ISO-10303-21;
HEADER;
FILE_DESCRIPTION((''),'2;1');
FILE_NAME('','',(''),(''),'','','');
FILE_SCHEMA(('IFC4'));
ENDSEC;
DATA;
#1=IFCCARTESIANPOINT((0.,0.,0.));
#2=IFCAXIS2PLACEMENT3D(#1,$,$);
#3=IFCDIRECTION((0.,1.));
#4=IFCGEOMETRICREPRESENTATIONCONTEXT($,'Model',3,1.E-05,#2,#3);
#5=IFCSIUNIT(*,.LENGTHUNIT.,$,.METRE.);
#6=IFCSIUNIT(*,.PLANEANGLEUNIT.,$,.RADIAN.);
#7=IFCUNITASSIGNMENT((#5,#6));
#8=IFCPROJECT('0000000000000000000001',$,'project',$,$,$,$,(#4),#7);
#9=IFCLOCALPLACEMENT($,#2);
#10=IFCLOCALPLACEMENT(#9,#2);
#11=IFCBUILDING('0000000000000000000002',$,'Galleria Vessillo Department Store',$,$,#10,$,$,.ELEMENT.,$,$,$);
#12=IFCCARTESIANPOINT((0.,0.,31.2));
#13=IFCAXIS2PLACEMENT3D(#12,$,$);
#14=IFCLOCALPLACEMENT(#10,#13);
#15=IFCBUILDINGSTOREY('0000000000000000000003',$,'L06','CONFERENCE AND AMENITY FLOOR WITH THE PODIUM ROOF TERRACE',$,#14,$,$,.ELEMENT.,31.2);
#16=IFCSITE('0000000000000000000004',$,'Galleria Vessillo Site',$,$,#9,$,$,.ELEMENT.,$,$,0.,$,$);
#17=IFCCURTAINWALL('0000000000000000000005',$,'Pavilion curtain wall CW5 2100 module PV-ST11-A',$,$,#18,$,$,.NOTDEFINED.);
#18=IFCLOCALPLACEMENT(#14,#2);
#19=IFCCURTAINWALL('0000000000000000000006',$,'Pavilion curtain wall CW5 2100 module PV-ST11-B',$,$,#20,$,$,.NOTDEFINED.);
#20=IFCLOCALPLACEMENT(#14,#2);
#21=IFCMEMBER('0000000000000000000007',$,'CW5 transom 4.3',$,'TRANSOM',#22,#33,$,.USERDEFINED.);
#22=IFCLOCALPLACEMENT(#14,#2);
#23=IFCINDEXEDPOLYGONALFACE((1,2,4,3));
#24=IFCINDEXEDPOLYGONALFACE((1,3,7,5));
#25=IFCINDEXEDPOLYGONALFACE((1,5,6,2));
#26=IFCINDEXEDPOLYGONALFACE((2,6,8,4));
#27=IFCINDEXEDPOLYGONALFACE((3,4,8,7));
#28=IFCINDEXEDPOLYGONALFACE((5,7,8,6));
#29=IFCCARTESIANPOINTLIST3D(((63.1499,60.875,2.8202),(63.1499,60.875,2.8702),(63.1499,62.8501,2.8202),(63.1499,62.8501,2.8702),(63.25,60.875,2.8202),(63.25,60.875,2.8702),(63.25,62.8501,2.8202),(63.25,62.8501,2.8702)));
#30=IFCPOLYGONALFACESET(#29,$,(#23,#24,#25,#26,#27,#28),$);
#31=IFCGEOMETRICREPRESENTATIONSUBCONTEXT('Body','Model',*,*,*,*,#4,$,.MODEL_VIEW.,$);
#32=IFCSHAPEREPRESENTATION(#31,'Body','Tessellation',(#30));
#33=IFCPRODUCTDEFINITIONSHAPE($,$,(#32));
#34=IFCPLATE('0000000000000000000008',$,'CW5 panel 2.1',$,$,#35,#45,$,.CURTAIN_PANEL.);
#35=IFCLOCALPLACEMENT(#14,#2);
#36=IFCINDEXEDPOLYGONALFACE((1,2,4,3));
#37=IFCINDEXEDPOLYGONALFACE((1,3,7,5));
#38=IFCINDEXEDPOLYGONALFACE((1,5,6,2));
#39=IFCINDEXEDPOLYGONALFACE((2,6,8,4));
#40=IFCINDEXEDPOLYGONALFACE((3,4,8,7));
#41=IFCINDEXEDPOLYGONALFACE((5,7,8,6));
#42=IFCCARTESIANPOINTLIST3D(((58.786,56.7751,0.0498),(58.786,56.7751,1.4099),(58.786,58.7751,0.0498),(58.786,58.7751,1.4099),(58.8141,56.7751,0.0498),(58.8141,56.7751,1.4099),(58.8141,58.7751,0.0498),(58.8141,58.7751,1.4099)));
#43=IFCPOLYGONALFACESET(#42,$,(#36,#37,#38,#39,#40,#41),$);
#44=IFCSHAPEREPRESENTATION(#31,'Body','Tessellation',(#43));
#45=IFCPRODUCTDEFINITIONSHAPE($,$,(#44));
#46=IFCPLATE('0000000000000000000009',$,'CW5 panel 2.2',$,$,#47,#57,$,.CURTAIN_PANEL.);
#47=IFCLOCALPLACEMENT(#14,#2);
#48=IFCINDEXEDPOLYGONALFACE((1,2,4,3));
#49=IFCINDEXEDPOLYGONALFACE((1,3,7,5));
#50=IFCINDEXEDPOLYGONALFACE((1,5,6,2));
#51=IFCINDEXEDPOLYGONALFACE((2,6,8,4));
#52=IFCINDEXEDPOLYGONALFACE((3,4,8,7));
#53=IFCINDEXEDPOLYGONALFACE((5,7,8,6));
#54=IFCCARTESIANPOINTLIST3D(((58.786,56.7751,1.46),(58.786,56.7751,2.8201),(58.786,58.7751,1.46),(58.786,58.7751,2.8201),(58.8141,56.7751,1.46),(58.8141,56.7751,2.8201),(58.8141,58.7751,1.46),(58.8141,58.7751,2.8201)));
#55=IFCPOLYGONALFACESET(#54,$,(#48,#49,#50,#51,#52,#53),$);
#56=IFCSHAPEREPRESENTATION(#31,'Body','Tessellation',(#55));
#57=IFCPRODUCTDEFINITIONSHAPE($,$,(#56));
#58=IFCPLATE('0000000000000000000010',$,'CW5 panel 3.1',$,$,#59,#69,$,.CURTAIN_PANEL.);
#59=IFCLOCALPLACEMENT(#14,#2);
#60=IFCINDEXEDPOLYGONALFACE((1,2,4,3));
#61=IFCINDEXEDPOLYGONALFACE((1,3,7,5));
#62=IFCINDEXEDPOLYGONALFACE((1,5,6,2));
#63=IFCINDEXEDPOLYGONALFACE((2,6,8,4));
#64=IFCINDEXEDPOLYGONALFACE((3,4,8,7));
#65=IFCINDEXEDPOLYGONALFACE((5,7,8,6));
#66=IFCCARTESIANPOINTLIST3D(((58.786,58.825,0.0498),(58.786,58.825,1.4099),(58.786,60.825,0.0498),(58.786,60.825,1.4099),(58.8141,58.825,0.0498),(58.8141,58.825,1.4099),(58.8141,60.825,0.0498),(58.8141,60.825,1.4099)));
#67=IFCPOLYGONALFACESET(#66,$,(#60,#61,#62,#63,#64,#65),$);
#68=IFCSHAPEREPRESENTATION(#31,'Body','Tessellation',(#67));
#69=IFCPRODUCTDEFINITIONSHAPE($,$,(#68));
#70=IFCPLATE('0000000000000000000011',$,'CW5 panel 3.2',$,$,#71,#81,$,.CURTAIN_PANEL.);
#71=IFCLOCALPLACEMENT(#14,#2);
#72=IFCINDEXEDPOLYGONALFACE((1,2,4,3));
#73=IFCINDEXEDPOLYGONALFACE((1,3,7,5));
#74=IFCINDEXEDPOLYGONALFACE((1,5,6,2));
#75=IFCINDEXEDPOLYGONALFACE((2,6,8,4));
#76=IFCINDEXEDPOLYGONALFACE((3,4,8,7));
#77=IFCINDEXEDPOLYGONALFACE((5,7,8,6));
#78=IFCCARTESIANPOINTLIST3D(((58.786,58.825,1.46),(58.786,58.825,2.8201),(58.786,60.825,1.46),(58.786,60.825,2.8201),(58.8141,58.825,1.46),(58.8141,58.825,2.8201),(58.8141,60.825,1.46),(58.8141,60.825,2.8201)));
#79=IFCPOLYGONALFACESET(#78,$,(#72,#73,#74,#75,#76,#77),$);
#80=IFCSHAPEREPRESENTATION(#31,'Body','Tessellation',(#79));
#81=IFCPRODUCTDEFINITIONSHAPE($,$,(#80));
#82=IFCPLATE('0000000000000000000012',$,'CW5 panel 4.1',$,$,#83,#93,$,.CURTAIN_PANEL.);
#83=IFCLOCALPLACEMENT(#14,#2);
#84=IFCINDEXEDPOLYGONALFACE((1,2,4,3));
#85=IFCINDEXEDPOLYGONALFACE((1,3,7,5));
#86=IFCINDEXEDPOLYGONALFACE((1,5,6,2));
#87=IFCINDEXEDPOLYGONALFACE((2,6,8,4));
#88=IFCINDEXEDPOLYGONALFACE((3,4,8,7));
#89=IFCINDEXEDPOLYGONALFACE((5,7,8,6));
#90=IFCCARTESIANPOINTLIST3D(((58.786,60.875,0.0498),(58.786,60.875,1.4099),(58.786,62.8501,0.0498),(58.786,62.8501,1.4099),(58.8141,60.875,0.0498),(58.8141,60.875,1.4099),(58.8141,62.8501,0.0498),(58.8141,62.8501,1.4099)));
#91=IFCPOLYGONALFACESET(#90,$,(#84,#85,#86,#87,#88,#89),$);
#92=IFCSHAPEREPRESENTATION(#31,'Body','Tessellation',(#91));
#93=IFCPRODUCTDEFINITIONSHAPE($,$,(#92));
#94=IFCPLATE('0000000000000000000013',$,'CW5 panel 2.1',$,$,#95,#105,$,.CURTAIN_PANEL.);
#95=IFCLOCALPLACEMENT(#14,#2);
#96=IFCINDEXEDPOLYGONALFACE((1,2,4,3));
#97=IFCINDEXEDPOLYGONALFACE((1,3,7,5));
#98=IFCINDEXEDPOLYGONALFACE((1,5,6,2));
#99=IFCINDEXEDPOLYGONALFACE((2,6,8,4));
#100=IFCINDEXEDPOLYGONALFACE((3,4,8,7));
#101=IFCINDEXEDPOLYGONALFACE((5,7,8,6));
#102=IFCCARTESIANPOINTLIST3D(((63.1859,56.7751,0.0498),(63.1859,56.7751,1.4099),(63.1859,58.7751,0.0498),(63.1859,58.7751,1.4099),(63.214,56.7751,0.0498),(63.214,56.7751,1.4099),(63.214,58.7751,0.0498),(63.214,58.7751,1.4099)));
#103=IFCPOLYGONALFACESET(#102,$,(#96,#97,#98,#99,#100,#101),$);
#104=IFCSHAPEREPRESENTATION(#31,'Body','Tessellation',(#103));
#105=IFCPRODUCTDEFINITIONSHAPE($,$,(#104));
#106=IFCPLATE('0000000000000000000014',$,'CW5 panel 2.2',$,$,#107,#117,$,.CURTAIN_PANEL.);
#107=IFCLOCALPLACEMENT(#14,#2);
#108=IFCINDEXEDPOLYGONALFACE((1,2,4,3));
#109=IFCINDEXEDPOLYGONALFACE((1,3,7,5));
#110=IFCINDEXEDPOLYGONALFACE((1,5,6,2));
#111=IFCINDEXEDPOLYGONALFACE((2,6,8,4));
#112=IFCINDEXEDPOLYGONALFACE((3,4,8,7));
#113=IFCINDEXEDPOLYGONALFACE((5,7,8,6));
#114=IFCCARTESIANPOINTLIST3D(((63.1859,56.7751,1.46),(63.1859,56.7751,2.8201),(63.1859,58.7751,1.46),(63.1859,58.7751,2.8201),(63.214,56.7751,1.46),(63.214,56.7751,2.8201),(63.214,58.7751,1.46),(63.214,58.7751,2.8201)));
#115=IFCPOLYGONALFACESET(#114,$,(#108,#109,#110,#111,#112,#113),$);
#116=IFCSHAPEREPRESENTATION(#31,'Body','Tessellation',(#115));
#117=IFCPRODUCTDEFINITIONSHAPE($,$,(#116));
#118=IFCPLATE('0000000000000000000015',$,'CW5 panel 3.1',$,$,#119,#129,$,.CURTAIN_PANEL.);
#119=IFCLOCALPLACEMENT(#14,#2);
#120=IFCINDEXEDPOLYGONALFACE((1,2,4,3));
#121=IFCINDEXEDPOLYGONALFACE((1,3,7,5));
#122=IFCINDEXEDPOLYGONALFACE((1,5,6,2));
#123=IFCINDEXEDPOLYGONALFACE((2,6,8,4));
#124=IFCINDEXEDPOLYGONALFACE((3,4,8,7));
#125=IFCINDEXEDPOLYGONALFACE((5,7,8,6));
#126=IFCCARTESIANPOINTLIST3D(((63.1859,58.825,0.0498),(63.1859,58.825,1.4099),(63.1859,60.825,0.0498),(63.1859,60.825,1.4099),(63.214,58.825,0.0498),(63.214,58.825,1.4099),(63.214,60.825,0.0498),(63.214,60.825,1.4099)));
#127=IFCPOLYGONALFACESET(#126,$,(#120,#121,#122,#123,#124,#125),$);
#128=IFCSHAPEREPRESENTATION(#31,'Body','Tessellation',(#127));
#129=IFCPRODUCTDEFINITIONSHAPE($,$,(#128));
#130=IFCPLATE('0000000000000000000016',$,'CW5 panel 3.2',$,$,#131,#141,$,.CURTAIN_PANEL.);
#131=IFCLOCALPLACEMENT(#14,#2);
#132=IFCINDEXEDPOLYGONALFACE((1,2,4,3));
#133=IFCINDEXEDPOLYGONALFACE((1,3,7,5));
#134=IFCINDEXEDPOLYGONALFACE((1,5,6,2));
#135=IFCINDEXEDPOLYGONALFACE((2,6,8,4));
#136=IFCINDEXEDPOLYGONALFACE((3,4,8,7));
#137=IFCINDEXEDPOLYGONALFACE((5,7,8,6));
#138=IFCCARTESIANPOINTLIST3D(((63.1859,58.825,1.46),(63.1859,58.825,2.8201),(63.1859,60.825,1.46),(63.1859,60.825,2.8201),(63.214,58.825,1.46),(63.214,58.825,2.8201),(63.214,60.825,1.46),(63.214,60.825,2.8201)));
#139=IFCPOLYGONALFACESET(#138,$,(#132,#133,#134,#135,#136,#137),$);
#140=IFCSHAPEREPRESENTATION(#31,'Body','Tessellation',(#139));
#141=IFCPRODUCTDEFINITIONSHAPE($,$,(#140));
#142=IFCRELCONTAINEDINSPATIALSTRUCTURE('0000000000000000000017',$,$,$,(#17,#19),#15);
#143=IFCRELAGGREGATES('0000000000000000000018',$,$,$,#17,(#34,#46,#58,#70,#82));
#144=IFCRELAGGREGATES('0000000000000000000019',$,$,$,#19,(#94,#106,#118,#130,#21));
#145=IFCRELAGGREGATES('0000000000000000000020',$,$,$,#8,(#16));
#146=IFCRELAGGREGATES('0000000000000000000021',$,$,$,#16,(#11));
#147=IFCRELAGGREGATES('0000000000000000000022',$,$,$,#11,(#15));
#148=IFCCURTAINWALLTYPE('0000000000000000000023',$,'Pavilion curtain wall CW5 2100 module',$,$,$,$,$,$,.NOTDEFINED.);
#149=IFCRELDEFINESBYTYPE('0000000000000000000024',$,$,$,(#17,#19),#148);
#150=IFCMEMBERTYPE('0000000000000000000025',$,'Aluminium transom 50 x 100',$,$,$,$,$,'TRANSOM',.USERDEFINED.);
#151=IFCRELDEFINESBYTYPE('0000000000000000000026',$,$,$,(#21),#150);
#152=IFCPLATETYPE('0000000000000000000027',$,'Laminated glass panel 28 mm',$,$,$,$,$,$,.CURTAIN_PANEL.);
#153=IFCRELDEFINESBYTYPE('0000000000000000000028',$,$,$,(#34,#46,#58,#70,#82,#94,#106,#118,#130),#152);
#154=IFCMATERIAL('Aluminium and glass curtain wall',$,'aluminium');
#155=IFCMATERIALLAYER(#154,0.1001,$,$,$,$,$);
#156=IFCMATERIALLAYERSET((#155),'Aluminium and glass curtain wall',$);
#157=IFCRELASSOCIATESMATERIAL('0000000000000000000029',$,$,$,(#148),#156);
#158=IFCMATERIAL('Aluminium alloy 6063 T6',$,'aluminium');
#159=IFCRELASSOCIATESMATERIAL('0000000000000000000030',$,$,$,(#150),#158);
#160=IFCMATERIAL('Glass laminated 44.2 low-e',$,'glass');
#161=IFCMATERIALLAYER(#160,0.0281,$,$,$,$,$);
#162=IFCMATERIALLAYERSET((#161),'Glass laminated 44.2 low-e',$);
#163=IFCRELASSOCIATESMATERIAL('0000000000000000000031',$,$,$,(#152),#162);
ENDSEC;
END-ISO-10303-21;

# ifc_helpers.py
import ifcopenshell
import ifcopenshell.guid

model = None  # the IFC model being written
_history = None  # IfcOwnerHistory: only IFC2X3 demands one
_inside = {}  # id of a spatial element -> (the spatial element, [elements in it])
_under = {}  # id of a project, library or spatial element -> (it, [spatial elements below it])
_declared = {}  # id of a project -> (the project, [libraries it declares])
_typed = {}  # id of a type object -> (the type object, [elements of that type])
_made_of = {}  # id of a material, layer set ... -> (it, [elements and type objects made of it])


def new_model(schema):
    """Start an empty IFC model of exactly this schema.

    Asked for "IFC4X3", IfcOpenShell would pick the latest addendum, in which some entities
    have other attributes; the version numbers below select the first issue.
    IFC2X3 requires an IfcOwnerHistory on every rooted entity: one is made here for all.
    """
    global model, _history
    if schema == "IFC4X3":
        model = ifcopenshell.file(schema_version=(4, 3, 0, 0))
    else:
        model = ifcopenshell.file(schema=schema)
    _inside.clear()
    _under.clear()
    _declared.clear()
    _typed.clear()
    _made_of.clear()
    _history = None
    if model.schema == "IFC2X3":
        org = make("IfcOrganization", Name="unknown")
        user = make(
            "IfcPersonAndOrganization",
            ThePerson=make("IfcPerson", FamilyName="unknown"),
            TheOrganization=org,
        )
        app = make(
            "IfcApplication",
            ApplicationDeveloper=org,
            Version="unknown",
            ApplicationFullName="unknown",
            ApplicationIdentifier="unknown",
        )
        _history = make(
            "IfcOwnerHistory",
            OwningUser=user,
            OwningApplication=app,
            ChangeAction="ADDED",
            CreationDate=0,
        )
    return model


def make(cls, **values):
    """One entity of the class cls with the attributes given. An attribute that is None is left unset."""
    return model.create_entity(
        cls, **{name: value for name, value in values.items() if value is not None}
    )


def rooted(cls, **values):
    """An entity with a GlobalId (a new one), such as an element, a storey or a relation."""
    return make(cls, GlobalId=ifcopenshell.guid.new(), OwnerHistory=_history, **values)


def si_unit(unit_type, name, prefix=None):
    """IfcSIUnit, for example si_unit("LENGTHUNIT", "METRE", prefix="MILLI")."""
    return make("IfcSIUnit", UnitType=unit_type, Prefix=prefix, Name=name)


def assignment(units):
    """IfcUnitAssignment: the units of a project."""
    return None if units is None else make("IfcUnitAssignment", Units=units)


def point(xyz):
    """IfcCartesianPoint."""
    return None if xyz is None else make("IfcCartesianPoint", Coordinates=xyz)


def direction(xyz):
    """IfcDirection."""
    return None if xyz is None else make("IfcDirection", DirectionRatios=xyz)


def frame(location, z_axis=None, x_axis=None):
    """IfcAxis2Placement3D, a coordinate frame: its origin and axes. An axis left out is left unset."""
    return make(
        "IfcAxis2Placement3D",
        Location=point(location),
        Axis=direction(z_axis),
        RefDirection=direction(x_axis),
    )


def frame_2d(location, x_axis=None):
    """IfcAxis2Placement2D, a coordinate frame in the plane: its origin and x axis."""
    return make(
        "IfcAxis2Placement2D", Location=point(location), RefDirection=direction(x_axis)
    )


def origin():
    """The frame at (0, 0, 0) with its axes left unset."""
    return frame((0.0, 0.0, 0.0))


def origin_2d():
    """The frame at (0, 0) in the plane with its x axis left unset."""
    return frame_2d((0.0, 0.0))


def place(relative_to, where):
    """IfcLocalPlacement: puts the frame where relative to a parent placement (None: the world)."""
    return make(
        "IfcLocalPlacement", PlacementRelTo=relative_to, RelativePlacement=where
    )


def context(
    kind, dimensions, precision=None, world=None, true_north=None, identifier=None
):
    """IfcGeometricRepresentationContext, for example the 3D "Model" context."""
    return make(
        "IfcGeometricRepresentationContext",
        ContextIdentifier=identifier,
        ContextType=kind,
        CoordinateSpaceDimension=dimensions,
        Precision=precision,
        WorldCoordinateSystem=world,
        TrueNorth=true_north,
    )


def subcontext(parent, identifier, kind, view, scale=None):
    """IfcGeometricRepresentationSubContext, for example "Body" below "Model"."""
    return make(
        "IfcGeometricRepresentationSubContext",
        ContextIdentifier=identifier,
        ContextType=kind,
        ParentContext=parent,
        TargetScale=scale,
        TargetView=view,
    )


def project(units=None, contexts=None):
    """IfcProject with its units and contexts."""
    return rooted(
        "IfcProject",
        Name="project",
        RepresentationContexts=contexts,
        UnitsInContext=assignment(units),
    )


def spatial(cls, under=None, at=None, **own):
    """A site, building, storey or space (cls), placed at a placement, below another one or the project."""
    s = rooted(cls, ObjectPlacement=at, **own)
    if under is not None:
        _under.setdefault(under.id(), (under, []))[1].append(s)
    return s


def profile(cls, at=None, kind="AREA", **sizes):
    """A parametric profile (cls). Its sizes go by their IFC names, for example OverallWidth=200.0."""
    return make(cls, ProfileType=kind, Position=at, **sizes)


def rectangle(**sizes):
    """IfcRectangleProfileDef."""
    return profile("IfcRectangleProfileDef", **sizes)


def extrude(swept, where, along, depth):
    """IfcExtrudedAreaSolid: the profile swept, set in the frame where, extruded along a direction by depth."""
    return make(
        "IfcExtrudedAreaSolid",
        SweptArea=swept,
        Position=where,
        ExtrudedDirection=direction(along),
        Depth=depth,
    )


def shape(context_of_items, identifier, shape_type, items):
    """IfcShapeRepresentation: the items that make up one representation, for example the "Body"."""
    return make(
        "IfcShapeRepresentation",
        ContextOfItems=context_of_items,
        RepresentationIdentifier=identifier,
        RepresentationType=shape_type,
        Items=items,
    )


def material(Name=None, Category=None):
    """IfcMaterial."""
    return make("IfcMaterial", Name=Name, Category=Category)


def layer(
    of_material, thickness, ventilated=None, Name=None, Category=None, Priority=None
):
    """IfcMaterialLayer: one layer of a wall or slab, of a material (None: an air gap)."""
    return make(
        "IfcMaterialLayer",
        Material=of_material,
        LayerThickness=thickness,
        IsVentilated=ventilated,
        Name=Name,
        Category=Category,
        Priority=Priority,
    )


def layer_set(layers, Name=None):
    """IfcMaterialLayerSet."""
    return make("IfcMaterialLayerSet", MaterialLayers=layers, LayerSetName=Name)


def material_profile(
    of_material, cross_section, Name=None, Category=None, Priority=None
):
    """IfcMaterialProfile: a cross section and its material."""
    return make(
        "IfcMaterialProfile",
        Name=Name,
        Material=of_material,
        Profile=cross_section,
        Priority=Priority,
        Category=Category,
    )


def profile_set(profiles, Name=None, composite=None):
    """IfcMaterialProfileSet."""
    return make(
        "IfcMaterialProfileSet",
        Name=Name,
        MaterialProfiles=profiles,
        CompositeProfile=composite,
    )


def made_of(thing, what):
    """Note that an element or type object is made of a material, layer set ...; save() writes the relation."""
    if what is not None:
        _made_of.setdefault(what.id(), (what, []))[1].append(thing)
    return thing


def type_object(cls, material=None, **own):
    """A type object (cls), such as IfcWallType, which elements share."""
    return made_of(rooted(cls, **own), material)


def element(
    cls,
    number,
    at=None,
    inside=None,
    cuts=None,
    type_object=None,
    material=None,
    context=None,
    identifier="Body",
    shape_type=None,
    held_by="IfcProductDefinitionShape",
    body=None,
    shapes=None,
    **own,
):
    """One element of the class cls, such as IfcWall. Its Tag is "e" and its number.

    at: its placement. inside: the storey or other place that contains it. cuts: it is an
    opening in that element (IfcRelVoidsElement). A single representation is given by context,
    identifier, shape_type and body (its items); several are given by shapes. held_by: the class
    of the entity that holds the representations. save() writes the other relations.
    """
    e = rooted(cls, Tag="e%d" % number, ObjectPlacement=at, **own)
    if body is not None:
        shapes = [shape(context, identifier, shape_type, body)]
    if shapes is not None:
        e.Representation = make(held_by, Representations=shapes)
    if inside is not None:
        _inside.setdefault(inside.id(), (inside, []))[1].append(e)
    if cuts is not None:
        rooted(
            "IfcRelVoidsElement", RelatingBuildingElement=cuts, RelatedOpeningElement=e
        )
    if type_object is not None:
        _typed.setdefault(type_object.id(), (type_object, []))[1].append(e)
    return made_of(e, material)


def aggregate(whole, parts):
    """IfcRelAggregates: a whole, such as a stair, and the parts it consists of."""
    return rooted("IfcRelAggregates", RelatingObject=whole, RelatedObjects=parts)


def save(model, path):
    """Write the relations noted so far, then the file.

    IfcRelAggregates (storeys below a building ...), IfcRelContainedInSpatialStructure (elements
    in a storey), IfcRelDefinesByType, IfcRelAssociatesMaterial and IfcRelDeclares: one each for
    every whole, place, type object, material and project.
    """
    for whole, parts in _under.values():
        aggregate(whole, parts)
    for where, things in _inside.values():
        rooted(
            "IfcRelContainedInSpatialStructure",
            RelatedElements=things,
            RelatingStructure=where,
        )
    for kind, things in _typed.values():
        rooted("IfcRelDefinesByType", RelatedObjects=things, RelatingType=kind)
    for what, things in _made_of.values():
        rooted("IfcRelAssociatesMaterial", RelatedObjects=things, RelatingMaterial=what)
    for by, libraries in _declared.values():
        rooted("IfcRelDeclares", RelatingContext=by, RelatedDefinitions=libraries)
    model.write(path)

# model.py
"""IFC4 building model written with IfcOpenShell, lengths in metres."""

from ifc_helpers import new_model, si_unit, direction, frame, origin, origin_2d, place, context, subcontext, project, spatial, rectangle, extrude, material, layer, layer_set, material_profile, profile_set, type_object, element, aggregate, save


model = new_model("IFC4")

# Units and contexts
model_context = context("Model", 3, precision=1e-05, world=origin(), true_north=direction((0.0, 1.0)))
body_context = subcontext(model_context, "Body", "Model", "MODEL_VIEW")
ifc_project = project(units=[si_unit("LENGTHUNIT", "METRE"), si_unit("PLANEANGLEUNIT", "RADIAN")], contexts=[model_context])

# Site, building, storey
site_placement = place(None, origin())
site = spatial("IfcSite", under=ifc_project, at=site_placement, Name="Galleria Vessillo Site", CompositionType="ELEMENT", RefElevation=0.0)
building_placement = place(site_placement, origin())
building = spatial("IfcBuilding", under=site, at=building_placement, Name="Galleria Vessillo Department Store", CompositionType="ELEMENT")
storey_placement = place(building_placement, frame((0.0, 0.0, 31.2)))
storey = spatial("IfcBuildingStorey", under=building, at=storey_placement, Name="L06", Description="CONFERENCE AND AMENITY FLOOR WITH THE PODIUM ROOF TERRACE", CompositionType="ELEMENT", Elevation=31.2)

# Curtain walls
ifc_material_1 = material(Name="Aluminium and glass curtain wall", Category="aluminium")
ifc_layer_1 = layer(ifc_material_1, 0.1001)
ifc_layer_set_1 = layer_set([ifc_layer_1], Name="Aluminium and glass curtain wall")
curtain_wall_type = type_object("IfcCurtainWallType", Name="Pavilion curtain wall CW5 2100 module", PredefinedType="NOTDEFINED", material=ifc_layer_set_1)
curtain_wall_1_placement = place(storey_placement, origin())
curtain_wall_1 = element("IfcCurtainWall", 1, at=curtain_wall_1_placement, inside=storey, type_object=curtain_wall_type, Name="Pavilion curtain wall CW5 2100 module PV-ST11-A", PredefinedType="NOTDEFINED")
curtain_wall_2_placement = place(storey_placement, origin())
curtain_wall_2 = element("IfcCurtainWall", 2, at=curtain_wall_2_placement, inside=storey, type_object=curtain_wall_type, Name="Pavilion curtain wall CW5 2100 module PV-ST11-B", PredefinedType="NOTDEFINED")

# Member
ifc_material_2 = material(Name="Aluminium alloy 6063 T6", Category="aluminium")
ifc_material_profile_1 = material_profile(ifc_material_2, rectangle(XDim=0.1001, YDim=0.05, at=origin_2d()), Name="AL 50x100")
ifc_profile_set_1 = profile_set([ifc_material_profile_1], Name="Aluminium alloy 6063 T6")
member_type_1 = type_object("IfcMemberType", Name="Aluminium transom 50 x 100", ElementType="TRANSOM", PredefinedType="USERDEFINED", material=ifc_profile_set_1)
member_1_placement = place(storey_placement, frame((63.2, 60.875, 2.8452), z_axis=(0.0, 1.0, 0.0), x_axis=(-1.0, 0.0, 0.0)))
member_1 = element("IfcMember", 3, at=member_1_placement, type_object=member_type_1, Name="CW5 transom 4.3", ObjectType="TRANSOM", PredefinedType="USERDEFINED", context=body_context, shape_type="SweptSolid", body=[
    extrude(rectangle(XDim=0.1001, YDim=0.05, at=origin_2d()), origin(), (0.0, 0.0, 1.0), 1.9751),
])

# Plates
ifc_material_3 = material(Name="Glass laminated 44.2 low-e", Category="glass")
ifc_layer_2 = layer(ifc_material_3, 0.0281)
ifc_layer_set_2 = layer_set([ifc_layer_2], Name="Glass laminated 44.2 low-e")
plate_type = type_object("IfcPlateType", Name="Laminated glass panel 28 mm", PredefinedType="CURTAIN_PANEL", material=ifc_layer_set_2)
plate_1_placement = place(storey_placement, frame((58.8, 57.7751, 0.0498), z_axis=(0.0, 0.0, 1.0), x_axis=(0.0, 1.0, 0.0)))
plate_1 = element("IfcPlate", 4, at=plate_1_placement, type_object=plate_type, Name="CW5 panel 2.1", PredefinedType="CURTAIN_PANEL", context=body_context, shape_type="SweptSolid", body=[
    extrude(rectangle(XDim=2.0, YDim=0.0281, at=origin_2d()), origin(), (0.0, 0.0, 1.0), 1.3601),
])
plate_2_placement = place(storey_placement, frame((58.8, 57.7751, 1.46), z_axis=(0.0, 0.0, 1.0), x_axis=(0.0, 1.0, 0.0)))
plate_2 = element("IfcPlate", 5, at=plate_2_placement, type_object=plate_type, Name="CW5 panel 2.2", PredefinedType="CURTAIN_PANEL", context=body_context, shape_type="SweptSolid", body=[
    extrude(rectangle(XDim=2.0, YDim=0.0281, at=origin_2d()), origin(), (0.0, 0.0, 1.0), 1.3601),
])
plate_3_placement = place(storey_placement, frame((58.8, 59.825, 0.0498), z_axis=(0.0, 0.0, 1.0), x_axis=(0.0, 1.0, 0.0)))
plate_3 = element("IfcPlate", 6, at=plate_3_placement, type_object=plate_type, Name="CW5 panel 3.1", PredefinedType="CURTAIN_PANEL", context=body_context, shape_type="SweptSolid", body=[
    extrude(rectangle(XDim=2.0, YDim=0.0281, at=origin_2d()), origin(), (0.0, 0.0, 1.0), 1.3601),
])
plate_4_placement = place(storey_placement, frame((58.8, 59.825, 1.46), z_axis=(0.0, 0.0, 1.0), x_axis=(0.0, 1.0, 0.0)))
plate_4 = element("IfcPlate", 7, at=plate_4_placement, type_object=plate_type, Name="CW5 panel 3.2", PredefinedType="CURTAIN_PANEL", context=body_context, shape_type="SweptSolid", body=[
    extrude(rectangle(XDim=2.0, YDim=0.0281, at=origin_2d()), origin(), (0.0, 0.0, 1.0), 1.3601),
])
plate_5_placement = place(storey_placement, frame((58.8, 61.8625, 0.0498), z_axis=(0.0, 0.0, 1.0), x_axis=(0.0, 1.0, 0.0)))
plate_5 = element("IfcPlate", 8, at=plate_5_placement, type_object=plate_type, Name="CW5 panel 4.1", PredefinedType="CURTAIN_PANEL", context=body_context, shape_type="SweptSolid", body=[
    extrude(rectangle(XDim=1.9751, YDim=0.0281, at=origin_2d()), origin(), (0.0, 0.0, 1.0), 1.3601),
])
aggregate(curtain_wall_1, [plate_1, plate_2, plate_3, plate_4, plate_5])
plate_6_placement = place(storey_placement, frame((63.2, 57.7751, 0.0498), z_axis=(0.0, 0.0, 1.0), x_axis=(0.0, 1.0, 0.0)))
plate_6 = element("IfcPlate", 9, at=plate_6_placement, type_object=plate_type, Name="CW5 panel 2.1", PredefinedType="CURTAIN_PANEL", context=body_context, shape_type="SweptSolid", body=[
    extrude(rectangle(XDim=2.0, YDim=0.0281, at=origin_2d()), origin(), (0.0, 0.0, 1.0), 1.3601),
])
plate_7_placement = place(storey_placement, frame((63.2, 57.7751, 1.46), z_axis=(0.0, 0.0, 1.0), x_axis=(0.0, 1.0, 0.0)))
plate_7 = element("IfcPlate", 10, at=plate_7_placement, type_object=plate_type, Name="CW5 panel 2.2", PredefinedType="CURTAIN_PANEL", context=body_context, shape_type="SweptSolid", body=[
    extrude(rectangle(XDim=2.0, YDim=0.0281, at=origin_2d()), origin(), (0.0, 0.0, 1.0), 1.3601),
])
plate_8_placement = place(storey_placement, frame((63.2, 59.825, 0.0498), z_axis=(0.0, 0.0, 1.0), x_axis=(0.0, 1.0, 0.0)))
plate_8 = element("IfcPlate", 11, at=plate_8_placement, type_object=plate_type, Name="CW5 panel 3.1", PredefinedType="CURTAIN_PANEL", context=body_context, shape_type="SweptSolid", body=[
    extrude(rectangle(XDim=2.0, YDim=0.0281, at=origin_2d()), origin(), (0.0, 0.0, 1.0), 1.3601),
])
plate_9_placement = place(storey_placement, frame((63.2, 59.825, 1.46), z_axis=(0.0, 0.0, 1.0), x_axis=(0.0, 1.0, 0.0)))
plate_9 = element("IfcPlate", 12, at=plate_9_placement, type_object=plate_type, Name="CW5 panel 3.2", PredefinedType="CURTAIN_PANEL", context=body_context, shape_type="SweptSolid", body=[
    extrude(rectangle(XDim=2.0, YDim=0.0281, at=origin_2d()), origin(), (0.0, 0.0, 1.0), 1.3601),
])
aggregate(curtain_wall_2, [plate_6, plate_7, plate_8, plate_9, member_1])

save(model, "model.ifc")
